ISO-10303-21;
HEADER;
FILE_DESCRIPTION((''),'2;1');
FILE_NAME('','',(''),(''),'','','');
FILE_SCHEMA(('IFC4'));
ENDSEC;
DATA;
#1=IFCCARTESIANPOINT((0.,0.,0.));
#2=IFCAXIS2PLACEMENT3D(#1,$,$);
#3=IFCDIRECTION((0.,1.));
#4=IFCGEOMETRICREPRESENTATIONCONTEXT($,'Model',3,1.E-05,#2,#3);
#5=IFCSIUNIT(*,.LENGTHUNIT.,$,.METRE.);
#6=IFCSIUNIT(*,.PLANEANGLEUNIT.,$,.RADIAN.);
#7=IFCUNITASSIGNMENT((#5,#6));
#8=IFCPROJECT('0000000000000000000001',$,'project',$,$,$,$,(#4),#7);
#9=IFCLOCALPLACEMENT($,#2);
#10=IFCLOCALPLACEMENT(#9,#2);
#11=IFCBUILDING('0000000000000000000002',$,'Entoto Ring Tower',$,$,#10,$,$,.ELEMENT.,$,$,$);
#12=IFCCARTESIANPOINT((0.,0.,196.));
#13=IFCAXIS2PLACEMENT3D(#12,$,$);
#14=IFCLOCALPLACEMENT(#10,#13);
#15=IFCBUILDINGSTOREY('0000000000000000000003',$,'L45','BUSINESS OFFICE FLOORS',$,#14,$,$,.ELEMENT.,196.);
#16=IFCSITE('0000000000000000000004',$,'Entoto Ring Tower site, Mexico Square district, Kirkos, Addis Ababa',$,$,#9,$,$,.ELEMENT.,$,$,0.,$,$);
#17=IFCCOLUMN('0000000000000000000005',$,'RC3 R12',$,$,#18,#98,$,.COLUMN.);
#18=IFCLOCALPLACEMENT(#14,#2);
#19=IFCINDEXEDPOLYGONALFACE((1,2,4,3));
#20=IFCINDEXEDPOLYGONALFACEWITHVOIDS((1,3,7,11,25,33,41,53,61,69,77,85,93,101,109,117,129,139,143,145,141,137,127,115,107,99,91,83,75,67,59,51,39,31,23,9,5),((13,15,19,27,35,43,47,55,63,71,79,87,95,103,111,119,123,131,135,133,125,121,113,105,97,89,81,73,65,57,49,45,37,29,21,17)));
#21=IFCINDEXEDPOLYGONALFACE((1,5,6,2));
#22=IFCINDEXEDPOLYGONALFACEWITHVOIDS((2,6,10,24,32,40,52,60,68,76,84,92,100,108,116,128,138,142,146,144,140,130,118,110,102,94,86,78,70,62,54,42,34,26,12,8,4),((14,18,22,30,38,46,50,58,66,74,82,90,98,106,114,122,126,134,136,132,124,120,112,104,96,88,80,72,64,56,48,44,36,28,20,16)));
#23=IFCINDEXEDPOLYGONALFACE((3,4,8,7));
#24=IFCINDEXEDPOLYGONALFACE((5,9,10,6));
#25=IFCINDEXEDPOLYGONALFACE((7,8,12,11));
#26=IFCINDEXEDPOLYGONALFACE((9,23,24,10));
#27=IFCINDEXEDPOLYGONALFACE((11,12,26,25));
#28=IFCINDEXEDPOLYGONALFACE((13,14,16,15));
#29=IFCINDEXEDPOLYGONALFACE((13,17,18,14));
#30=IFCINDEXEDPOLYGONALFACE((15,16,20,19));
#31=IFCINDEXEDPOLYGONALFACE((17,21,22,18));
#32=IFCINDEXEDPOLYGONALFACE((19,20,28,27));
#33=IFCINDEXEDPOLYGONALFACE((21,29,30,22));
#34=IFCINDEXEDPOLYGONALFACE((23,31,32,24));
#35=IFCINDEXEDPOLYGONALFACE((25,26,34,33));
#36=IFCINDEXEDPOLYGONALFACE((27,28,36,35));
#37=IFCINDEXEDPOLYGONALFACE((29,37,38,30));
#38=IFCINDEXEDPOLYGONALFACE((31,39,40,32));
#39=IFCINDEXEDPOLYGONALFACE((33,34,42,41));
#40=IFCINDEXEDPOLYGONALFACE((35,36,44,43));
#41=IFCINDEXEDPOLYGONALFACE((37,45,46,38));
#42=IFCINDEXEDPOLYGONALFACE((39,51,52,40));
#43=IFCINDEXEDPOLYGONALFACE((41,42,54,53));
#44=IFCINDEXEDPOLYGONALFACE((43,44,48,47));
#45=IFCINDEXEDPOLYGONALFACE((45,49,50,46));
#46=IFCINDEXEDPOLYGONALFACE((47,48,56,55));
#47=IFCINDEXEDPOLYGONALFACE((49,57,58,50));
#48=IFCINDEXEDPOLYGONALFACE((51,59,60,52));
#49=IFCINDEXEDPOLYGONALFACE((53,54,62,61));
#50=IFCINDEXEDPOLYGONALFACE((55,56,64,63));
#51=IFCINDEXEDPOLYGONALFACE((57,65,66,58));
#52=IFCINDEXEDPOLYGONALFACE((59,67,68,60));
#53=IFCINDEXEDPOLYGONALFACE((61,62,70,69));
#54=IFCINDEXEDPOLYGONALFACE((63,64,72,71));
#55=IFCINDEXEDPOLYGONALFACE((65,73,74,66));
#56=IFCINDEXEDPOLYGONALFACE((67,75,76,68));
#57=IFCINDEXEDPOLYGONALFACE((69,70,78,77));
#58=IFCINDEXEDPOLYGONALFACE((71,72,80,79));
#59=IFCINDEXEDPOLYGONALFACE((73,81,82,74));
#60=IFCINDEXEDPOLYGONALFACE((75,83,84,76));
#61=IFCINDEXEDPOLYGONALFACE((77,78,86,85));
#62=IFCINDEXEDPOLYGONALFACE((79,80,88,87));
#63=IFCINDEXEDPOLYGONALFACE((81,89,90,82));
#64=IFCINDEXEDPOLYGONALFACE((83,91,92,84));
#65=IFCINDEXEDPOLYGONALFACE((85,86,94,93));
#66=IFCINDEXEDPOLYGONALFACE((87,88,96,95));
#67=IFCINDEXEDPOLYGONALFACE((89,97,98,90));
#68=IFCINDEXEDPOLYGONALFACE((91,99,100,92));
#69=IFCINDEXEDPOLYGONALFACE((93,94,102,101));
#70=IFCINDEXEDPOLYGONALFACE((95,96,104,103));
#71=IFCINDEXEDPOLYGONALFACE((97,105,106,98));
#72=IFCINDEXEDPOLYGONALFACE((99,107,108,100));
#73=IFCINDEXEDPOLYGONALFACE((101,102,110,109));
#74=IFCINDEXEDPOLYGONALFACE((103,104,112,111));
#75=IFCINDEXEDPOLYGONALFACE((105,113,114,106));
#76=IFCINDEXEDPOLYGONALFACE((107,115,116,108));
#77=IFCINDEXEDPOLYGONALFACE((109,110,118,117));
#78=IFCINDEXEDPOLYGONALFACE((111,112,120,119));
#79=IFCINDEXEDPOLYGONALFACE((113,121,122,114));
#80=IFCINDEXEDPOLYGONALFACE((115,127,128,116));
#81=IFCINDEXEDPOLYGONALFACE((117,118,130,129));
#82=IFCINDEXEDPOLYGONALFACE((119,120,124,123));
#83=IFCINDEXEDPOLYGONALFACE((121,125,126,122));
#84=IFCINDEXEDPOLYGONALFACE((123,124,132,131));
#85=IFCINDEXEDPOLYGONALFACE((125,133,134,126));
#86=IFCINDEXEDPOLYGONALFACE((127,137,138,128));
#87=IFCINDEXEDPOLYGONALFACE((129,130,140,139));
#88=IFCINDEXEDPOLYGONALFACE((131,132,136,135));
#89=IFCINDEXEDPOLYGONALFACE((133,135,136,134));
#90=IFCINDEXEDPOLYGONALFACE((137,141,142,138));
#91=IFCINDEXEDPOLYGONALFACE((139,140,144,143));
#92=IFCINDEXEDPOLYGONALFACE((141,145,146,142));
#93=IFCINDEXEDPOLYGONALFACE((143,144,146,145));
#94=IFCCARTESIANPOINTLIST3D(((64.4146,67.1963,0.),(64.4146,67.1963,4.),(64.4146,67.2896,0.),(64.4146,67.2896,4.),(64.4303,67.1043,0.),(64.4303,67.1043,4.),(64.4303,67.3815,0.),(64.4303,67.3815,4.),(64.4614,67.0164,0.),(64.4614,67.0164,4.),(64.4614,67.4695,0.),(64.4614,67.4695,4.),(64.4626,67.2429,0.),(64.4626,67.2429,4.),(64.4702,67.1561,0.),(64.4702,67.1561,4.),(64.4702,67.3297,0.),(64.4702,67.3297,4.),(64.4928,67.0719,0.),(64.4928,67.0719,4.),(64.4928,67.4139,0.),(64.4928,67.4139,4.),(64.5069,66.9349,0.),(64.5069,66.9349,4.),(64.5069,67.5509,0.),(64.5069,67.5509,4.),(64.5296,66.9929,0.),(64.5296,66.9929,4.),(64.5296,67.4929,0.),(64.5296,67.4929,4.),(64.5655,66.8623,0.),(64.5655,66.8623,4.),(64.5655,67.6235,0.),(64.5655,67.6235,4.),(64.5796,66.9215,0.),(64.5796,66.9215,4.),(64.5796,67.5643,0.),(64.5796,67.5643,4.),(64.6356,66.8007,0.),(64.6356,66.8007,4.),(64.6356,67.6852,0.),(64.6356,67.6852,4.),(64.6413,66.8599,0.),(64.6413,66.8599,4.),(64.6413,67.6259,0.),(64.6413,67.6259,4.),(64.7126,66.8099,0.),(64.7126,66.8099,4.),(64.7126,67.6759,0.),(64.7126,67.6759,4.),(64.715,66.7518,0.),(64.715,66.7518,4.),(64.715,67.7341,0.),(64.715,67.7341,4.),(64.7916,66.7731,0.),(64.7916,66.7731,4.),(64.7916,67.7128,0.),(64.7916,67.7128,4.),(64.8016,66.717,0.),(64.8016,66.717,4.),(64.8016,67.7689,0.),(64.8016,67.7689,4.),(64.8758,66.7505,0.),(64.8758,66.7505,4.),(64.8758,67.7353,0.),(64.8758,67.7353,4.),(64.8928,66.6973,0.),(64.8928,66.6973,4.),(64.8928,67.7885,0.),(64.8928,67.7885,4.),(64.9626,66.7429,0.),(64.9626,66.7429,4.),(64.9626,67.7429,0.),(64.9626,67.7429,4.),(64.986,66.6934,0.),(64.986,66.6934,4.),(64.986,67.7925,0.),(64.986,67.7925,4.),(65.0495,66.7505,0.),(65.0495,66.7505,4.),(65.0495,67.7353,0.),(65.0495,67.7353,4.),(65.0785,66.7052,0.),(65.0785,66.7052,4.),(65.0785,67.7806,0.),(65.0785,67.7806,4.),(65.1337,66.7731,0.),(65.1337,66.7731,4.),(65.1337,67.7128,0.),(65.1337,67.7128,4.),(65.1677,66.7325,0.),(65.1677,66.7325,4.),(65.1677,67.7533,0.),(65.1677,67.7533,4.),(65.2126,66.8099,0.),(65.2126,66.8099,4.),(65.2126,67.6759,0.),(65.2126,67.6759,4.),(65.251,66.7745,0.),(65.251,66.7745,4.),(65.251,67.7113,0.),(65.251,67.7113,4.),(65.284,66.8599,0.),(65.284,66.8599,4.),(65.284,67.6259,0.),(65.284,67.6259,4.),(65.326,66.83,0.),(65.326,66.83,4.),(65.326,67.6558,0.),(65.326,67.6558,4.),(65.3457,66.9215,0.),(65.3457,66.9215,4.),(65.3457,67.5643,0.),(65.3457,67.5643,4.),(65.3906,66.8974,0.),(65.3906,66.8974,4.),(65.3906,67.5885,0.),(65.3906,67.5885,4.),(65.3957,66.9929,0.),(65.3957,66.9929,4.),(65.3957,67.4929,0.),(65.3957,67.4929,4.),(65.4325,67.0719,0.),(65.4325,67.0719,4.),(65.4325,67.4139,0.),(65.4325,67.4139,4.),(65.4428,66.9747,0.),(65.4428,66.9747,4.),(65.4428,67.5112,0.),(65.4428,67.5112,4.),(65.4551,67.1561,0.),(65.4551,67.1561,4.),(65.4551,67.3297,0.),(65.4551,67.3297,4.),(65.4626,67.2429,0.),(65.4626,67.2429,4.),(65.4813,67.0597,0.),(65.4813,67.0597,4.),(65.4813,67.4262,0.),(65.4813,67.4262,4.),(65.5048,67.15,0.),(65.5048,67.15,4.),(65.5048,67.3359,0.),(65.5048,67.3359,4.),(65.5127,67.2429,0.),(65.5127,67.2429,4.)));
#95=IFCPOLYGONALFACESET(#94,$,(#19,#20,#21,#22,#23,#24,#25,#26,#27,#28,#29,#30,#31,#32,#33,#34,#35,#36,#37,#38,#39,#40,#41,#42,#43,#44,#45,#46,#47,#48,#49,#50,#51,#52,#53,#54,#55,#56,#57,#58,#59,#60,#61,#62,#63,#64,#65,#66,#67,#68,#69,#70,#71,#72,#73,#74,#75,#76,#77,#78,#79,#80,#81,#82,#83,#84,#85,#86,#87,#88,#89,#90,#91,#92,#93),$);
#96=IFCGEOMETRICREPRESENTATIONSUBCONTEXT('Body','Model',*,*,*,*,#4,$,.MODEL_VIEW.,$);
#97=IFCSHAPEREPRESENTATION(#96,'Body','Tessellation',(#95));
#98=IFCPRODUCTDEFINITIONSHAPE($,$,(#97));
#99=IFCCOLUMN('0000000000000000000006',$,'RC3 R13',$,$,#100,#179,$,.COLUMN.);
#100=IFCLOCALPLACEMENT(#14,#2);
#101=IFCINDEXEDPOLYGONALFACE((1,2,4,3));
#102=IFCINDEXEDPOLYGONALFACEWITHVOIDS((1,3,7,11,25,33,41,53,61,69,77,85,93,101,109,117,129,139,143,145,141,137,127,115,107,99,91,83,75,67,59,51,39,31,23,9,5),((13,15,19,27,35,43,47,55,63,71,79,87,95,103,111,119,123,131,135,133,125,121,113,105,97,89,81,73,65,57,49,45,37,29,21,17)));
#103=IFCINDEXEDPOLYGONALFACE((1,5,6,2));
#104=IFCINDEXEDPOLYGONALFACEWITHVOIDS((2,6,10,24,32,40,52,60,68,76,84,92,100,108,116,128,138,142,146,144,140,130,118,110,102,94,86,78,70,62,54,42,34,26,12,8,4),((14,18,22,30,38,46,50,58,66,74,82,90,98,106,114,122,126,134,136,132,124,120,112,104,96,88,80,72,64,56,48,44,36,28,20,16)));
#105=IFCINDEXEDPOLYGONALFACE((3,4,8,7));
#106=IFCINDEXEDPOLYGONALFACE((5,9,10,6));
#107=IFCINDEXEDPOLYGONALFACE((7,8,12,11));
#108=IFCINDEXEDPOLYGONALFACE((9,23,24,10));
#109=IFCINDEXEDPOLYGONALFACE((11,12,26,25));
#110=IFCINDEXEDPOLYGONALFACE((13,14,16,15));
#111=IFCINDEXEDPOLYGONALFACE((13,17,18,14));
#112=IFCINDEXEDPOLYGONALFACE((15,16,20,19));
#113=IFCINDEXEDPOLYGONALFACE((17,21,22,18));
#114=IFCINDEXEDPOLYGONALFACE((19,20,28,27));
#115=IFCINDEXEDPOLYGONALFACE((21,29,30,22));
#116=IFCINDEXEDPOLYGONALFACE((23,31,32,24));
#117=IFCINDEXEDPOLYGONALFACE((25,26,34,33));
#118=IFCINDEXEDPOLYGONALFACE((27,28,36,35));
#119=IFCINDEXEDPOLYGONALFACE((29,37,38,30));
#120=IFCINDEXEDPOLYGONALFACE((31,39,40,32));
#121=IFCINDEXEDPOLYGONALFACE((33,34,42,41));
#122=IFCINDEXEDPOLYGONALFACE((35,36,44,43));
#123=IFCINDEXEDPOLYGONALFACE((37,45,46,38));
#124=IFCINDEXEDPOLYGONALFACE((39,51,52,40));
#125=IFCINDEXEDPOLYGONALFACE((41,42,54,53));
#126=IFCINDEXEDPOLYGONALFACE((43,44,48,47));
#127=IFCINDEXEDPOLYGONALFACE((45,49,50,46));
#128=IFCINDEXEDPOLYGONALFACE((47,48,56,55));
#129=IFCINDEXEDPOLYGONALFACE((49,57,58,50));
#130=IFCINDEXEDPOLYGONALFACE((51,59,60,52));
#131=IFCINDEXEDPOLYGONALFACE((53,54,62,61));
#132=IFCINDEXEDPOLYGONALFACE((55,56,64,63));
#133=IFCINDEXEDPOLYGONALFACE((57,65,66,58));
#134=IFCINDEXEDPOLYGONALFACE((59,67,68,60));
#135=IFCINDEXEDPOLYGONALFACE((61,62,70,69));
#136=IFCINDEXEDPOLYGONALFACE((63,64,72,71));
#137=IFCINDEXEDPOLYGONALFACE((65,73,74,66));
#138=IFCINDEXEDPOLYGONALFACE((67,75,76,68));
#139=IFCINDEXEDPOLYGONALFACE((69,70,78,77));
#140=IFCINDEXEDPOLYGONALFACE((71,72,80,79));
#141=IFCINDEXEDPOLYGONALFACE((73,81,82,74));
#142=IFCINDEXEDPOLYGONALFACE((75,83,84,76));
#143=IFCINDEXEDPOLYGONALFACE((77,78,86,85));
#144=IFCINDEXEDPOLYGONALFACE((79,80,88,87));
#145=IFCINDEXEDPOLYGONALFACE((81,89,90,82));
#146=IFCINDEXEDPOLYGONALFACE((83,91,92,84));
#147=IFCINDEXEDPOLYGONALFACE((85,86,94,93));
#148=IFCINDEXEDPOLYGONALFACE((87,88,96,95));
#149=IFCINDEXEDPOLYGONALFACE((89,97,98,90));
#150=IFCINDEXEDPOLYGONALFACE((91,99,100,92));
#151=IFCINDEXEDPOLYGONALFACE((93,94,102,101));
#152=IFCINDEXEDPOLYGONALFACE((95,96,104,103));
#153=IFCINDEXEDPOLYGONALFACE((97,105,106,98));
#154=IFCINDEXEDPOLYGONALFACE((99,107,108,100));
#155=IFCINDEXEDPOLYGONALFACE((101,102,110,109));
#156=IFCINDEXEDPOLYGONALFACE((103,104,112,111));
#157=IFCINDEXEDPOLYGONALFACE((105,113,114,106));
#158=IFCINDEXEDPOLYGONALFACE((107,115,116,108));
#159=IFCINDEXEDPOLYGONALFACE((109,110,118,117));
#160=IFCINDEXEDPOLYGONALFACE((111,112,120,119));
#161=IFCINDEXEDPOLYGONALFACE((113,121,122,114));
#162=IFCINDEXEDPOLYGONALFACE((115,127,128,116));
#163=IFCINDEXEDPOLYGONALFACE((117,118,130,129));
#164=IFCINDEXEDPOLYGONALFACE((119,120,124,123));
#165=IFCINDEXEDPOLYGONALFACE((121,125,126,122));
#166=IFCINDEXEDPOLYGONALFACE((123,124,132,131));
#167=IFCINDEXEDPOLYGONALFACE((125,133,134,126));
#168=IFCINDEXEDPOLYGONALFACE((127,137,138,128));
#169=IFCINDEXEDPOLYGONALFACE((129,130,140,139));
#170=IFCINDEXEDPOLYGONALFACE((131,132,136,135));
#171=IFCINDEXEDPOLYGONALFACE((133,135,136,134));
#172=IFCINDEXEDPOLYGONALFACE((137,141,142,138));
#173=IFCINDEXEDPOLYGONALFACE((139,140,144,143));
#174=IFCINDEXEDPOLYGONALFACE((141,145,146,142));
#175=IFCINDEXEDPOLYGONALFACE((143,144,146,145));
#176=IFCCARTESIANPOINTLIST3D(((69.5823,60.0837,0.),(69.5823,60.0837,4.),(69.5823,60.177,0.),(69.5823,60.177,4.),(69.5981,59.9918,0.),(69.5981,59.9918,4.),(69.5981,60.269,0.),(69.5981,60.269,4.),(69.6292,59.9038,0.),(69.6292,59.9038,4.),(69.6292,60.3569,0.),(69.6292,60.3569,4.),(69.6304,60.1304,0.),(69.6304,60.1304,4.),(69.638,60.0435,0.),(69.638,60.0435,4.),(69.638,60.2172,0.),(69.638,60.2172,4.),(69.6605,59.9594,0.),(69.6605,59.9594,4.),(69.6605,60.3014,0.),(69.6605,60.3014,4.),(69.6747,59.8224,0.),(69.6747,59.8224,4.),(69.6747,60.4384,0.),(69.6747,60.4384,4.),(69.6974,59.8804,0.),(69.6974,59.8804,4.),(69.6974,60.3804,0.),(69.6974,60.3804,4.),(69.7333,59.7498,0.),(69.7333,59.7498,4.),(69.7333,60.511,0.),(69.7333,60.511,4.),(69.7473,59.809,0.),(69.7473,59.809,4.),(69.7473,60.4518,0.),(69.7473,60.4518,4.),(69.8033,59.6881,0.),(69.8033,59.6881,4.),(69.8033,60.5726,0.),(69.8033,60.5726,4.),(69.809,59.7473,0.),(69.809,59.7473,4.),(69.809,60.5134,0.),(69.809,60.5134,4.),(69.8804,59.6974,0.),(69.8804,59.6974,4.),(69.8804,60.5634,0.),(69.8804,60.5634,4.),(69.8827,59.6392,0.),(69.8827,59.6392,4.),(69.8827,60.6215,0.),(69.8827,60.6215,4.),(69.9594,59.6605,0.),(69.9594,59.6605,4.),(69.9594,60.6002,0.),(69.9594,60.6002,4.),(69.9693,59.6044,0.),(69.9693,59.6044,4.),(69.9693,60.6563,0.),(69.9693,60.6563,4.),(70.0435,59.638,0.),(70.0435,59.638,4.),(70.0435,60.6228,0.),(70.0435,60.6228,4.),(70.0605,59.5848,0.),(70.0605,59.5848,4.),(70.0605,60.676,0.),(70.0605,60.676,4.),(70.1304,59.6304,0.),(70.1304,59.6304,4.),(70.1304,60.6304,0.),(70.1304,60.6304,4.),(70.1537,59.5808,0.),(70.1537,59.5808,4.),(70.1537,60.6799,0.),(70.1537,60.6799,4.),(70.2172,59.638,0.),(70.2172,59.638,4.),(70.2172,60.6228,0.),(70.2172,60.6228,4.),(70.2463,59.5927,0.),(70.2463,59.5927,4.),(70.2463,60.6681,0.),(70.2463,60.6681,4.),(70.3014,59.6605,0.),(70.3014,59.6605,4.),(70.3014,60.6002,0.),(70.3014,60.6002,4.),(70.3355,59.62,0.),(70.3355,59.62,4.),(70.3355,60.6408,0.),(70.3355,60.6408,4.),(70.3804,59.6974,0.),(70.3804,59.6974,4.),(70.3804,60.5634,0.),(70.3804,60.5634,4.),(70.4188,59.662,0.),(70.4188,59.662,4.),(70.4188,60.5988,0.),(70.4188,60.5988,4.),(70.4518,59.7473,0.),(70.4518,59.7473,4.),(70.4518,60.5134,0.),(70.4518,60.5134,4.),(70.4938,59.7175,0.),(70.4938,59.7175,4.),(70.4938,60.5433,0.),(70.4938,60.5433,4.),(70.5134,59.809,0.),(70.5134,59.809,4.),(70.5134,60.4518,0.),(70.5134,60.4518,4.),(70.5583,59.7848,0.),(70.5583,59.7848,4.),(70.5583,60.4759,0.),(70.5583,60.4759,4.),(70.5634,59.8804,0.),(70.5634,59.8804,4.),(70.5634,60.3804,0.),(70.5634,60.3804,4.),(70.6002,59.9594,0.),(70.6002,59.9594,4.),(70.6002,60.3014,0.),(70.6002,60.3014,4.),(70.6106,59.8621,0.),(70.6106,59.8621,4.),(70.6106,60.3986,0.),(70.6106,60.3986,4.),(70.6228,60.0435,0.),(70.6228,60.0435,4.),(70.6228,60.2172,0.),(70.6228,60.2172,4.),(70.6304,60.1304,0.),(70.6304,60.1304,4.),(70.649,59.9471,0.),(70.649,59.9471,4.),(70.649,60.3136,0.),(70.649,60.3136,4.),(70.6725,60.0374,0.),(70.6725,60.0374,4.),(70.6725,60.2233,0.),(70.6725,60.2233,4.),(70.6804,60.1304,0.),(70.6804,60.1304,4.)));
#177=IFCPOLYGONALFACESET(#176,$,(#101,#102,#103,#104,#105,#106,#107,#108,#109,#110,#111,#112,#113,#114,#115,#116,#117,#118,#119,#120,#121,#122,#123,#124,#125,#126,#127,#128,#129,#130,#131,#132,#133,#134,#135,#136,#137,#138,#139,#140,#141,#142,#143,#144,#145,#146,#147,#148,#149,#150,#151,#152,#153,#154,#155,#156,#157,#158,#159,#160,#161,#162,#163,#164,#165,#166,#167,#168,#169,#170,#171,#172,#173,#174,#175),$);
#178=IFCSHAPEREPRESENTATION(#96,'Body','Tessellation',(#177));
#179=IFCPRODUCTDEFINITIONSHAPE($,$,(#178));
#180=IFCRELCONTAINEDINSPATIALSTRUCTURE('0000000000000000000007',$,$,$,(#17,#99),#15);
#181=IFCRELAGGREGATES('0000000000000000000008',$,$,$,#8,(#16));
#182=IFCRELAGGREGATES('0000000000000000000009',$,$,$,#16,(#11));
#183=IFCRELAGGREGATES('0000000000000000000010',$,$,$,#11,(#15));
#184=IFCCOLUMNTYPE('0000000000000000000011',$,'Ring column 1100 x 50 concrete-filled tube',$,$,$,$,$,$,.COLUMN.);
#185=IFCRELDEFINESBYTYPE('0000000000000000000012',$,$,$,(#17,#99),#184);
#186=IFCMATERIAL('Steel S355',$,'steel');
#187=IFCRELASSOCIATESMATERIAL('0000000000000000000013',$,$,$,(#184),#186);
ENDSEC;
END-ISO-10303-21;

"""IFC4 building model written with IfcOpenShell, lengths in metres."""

from ifc_helpers import new_model, si_unit, direction, frame, origin, origin_2d, place, context, subcontext, project, spatial, circle, hollow_circle, extrude, material, material_profile, profile_set, type_object, element, save


model = new_model("IFC4")

# Units and contexts
model_context = context("Model", 3, precision=1e-05, world=origin(), true_north=direction((0.0, 1.0)))
body_context = subcontext(model_context, "Body", "Model", "MODEL_VIEW")
ifc_project = project(units=[si_unit("LENGTHUNIT", "METRE"), si_unit("PLANEANGLEUNIT", "RADIAN")], contexts=[model_context])

# Site, building, storey
site_placement = place(None, origin())
site = spatial("IfcSite", under=ifc_project, at=site_placement, Name="Entoto Ring Tower site, Mexico Square district, Kirkos, Addis Ababa", CompositionType="ELEMENT", RefElevation=0.0)
building_placement = place(site_placement, origin())
building = spatial("IfcBuilding", under=site, at=building_placement, Name="Entoto Ring Tower", CompositionType="ELEMENT")
storey_placement = place(building_placement, frame((0.0, 0.0, 196.0)))
storey = spatial("IfcBuildingStorey", under=building, at=storey_placement, Name="L45", Description="BUSINESS OFFICE FLOORS", CompositionType="ELEMENT", Elevation=196.0)

# Columns
ifc_material_1 = material(Name="Steel S355", Category="steel")
ifc_material_profile_1 = material_profile(ifc_material_1, hollow_circle(Radius=0.55, WallThickness=0.05, at=origin_2d()), Name="CHS 1100 x 50")
ifc_material_2 = material(Name="Concrete C60/75", Category="concrete")
ifc_material_profile_2 = material_profile(ifc_material_2, circle(Radius=0.5, at=origin_2d()), Name="Concrete C60/75 infill")
ifc_profile_set_1 = profile_set([ifc_material_profile_1, ifc_material_profile_2], Name="Steel S355")
column_type = type_object("IfcColumnType", Name="Ring column 1100 x 50 concrete-filled tube", PredefinedType="COLUMN", material=ifc_profile_set_1)
for number, where, z_axis, x_axis, name in (
    (1, (64.9626, 67.2429, 0.0), (0.0, 0.0, 1.0), (1.0, 0.0, 0.0), "RC3 R12"),
    (2, (70.1304, 60.1304, 0.0), (0.0, 0.0, 1.0), (1.0, 0.0, 0.0), "RC3 R13"),
):
    element("IfcColumn", number, at=place(storey_placement, frame(where, z_axis=z_axis, x_axis=x_axis)), inside=storey, type_object=column_type, Name=name, PredefinedType="COLUMN", context=body_context, shape_type="SweptSolid", body=[
        extrude(hollow_circle(Radius=0.55, WallThickness=0.05, at=origin_2d()), origin(), (0.0, 0.0, 1.0), 4.0),
    ])

save(model, "model.ifc")
